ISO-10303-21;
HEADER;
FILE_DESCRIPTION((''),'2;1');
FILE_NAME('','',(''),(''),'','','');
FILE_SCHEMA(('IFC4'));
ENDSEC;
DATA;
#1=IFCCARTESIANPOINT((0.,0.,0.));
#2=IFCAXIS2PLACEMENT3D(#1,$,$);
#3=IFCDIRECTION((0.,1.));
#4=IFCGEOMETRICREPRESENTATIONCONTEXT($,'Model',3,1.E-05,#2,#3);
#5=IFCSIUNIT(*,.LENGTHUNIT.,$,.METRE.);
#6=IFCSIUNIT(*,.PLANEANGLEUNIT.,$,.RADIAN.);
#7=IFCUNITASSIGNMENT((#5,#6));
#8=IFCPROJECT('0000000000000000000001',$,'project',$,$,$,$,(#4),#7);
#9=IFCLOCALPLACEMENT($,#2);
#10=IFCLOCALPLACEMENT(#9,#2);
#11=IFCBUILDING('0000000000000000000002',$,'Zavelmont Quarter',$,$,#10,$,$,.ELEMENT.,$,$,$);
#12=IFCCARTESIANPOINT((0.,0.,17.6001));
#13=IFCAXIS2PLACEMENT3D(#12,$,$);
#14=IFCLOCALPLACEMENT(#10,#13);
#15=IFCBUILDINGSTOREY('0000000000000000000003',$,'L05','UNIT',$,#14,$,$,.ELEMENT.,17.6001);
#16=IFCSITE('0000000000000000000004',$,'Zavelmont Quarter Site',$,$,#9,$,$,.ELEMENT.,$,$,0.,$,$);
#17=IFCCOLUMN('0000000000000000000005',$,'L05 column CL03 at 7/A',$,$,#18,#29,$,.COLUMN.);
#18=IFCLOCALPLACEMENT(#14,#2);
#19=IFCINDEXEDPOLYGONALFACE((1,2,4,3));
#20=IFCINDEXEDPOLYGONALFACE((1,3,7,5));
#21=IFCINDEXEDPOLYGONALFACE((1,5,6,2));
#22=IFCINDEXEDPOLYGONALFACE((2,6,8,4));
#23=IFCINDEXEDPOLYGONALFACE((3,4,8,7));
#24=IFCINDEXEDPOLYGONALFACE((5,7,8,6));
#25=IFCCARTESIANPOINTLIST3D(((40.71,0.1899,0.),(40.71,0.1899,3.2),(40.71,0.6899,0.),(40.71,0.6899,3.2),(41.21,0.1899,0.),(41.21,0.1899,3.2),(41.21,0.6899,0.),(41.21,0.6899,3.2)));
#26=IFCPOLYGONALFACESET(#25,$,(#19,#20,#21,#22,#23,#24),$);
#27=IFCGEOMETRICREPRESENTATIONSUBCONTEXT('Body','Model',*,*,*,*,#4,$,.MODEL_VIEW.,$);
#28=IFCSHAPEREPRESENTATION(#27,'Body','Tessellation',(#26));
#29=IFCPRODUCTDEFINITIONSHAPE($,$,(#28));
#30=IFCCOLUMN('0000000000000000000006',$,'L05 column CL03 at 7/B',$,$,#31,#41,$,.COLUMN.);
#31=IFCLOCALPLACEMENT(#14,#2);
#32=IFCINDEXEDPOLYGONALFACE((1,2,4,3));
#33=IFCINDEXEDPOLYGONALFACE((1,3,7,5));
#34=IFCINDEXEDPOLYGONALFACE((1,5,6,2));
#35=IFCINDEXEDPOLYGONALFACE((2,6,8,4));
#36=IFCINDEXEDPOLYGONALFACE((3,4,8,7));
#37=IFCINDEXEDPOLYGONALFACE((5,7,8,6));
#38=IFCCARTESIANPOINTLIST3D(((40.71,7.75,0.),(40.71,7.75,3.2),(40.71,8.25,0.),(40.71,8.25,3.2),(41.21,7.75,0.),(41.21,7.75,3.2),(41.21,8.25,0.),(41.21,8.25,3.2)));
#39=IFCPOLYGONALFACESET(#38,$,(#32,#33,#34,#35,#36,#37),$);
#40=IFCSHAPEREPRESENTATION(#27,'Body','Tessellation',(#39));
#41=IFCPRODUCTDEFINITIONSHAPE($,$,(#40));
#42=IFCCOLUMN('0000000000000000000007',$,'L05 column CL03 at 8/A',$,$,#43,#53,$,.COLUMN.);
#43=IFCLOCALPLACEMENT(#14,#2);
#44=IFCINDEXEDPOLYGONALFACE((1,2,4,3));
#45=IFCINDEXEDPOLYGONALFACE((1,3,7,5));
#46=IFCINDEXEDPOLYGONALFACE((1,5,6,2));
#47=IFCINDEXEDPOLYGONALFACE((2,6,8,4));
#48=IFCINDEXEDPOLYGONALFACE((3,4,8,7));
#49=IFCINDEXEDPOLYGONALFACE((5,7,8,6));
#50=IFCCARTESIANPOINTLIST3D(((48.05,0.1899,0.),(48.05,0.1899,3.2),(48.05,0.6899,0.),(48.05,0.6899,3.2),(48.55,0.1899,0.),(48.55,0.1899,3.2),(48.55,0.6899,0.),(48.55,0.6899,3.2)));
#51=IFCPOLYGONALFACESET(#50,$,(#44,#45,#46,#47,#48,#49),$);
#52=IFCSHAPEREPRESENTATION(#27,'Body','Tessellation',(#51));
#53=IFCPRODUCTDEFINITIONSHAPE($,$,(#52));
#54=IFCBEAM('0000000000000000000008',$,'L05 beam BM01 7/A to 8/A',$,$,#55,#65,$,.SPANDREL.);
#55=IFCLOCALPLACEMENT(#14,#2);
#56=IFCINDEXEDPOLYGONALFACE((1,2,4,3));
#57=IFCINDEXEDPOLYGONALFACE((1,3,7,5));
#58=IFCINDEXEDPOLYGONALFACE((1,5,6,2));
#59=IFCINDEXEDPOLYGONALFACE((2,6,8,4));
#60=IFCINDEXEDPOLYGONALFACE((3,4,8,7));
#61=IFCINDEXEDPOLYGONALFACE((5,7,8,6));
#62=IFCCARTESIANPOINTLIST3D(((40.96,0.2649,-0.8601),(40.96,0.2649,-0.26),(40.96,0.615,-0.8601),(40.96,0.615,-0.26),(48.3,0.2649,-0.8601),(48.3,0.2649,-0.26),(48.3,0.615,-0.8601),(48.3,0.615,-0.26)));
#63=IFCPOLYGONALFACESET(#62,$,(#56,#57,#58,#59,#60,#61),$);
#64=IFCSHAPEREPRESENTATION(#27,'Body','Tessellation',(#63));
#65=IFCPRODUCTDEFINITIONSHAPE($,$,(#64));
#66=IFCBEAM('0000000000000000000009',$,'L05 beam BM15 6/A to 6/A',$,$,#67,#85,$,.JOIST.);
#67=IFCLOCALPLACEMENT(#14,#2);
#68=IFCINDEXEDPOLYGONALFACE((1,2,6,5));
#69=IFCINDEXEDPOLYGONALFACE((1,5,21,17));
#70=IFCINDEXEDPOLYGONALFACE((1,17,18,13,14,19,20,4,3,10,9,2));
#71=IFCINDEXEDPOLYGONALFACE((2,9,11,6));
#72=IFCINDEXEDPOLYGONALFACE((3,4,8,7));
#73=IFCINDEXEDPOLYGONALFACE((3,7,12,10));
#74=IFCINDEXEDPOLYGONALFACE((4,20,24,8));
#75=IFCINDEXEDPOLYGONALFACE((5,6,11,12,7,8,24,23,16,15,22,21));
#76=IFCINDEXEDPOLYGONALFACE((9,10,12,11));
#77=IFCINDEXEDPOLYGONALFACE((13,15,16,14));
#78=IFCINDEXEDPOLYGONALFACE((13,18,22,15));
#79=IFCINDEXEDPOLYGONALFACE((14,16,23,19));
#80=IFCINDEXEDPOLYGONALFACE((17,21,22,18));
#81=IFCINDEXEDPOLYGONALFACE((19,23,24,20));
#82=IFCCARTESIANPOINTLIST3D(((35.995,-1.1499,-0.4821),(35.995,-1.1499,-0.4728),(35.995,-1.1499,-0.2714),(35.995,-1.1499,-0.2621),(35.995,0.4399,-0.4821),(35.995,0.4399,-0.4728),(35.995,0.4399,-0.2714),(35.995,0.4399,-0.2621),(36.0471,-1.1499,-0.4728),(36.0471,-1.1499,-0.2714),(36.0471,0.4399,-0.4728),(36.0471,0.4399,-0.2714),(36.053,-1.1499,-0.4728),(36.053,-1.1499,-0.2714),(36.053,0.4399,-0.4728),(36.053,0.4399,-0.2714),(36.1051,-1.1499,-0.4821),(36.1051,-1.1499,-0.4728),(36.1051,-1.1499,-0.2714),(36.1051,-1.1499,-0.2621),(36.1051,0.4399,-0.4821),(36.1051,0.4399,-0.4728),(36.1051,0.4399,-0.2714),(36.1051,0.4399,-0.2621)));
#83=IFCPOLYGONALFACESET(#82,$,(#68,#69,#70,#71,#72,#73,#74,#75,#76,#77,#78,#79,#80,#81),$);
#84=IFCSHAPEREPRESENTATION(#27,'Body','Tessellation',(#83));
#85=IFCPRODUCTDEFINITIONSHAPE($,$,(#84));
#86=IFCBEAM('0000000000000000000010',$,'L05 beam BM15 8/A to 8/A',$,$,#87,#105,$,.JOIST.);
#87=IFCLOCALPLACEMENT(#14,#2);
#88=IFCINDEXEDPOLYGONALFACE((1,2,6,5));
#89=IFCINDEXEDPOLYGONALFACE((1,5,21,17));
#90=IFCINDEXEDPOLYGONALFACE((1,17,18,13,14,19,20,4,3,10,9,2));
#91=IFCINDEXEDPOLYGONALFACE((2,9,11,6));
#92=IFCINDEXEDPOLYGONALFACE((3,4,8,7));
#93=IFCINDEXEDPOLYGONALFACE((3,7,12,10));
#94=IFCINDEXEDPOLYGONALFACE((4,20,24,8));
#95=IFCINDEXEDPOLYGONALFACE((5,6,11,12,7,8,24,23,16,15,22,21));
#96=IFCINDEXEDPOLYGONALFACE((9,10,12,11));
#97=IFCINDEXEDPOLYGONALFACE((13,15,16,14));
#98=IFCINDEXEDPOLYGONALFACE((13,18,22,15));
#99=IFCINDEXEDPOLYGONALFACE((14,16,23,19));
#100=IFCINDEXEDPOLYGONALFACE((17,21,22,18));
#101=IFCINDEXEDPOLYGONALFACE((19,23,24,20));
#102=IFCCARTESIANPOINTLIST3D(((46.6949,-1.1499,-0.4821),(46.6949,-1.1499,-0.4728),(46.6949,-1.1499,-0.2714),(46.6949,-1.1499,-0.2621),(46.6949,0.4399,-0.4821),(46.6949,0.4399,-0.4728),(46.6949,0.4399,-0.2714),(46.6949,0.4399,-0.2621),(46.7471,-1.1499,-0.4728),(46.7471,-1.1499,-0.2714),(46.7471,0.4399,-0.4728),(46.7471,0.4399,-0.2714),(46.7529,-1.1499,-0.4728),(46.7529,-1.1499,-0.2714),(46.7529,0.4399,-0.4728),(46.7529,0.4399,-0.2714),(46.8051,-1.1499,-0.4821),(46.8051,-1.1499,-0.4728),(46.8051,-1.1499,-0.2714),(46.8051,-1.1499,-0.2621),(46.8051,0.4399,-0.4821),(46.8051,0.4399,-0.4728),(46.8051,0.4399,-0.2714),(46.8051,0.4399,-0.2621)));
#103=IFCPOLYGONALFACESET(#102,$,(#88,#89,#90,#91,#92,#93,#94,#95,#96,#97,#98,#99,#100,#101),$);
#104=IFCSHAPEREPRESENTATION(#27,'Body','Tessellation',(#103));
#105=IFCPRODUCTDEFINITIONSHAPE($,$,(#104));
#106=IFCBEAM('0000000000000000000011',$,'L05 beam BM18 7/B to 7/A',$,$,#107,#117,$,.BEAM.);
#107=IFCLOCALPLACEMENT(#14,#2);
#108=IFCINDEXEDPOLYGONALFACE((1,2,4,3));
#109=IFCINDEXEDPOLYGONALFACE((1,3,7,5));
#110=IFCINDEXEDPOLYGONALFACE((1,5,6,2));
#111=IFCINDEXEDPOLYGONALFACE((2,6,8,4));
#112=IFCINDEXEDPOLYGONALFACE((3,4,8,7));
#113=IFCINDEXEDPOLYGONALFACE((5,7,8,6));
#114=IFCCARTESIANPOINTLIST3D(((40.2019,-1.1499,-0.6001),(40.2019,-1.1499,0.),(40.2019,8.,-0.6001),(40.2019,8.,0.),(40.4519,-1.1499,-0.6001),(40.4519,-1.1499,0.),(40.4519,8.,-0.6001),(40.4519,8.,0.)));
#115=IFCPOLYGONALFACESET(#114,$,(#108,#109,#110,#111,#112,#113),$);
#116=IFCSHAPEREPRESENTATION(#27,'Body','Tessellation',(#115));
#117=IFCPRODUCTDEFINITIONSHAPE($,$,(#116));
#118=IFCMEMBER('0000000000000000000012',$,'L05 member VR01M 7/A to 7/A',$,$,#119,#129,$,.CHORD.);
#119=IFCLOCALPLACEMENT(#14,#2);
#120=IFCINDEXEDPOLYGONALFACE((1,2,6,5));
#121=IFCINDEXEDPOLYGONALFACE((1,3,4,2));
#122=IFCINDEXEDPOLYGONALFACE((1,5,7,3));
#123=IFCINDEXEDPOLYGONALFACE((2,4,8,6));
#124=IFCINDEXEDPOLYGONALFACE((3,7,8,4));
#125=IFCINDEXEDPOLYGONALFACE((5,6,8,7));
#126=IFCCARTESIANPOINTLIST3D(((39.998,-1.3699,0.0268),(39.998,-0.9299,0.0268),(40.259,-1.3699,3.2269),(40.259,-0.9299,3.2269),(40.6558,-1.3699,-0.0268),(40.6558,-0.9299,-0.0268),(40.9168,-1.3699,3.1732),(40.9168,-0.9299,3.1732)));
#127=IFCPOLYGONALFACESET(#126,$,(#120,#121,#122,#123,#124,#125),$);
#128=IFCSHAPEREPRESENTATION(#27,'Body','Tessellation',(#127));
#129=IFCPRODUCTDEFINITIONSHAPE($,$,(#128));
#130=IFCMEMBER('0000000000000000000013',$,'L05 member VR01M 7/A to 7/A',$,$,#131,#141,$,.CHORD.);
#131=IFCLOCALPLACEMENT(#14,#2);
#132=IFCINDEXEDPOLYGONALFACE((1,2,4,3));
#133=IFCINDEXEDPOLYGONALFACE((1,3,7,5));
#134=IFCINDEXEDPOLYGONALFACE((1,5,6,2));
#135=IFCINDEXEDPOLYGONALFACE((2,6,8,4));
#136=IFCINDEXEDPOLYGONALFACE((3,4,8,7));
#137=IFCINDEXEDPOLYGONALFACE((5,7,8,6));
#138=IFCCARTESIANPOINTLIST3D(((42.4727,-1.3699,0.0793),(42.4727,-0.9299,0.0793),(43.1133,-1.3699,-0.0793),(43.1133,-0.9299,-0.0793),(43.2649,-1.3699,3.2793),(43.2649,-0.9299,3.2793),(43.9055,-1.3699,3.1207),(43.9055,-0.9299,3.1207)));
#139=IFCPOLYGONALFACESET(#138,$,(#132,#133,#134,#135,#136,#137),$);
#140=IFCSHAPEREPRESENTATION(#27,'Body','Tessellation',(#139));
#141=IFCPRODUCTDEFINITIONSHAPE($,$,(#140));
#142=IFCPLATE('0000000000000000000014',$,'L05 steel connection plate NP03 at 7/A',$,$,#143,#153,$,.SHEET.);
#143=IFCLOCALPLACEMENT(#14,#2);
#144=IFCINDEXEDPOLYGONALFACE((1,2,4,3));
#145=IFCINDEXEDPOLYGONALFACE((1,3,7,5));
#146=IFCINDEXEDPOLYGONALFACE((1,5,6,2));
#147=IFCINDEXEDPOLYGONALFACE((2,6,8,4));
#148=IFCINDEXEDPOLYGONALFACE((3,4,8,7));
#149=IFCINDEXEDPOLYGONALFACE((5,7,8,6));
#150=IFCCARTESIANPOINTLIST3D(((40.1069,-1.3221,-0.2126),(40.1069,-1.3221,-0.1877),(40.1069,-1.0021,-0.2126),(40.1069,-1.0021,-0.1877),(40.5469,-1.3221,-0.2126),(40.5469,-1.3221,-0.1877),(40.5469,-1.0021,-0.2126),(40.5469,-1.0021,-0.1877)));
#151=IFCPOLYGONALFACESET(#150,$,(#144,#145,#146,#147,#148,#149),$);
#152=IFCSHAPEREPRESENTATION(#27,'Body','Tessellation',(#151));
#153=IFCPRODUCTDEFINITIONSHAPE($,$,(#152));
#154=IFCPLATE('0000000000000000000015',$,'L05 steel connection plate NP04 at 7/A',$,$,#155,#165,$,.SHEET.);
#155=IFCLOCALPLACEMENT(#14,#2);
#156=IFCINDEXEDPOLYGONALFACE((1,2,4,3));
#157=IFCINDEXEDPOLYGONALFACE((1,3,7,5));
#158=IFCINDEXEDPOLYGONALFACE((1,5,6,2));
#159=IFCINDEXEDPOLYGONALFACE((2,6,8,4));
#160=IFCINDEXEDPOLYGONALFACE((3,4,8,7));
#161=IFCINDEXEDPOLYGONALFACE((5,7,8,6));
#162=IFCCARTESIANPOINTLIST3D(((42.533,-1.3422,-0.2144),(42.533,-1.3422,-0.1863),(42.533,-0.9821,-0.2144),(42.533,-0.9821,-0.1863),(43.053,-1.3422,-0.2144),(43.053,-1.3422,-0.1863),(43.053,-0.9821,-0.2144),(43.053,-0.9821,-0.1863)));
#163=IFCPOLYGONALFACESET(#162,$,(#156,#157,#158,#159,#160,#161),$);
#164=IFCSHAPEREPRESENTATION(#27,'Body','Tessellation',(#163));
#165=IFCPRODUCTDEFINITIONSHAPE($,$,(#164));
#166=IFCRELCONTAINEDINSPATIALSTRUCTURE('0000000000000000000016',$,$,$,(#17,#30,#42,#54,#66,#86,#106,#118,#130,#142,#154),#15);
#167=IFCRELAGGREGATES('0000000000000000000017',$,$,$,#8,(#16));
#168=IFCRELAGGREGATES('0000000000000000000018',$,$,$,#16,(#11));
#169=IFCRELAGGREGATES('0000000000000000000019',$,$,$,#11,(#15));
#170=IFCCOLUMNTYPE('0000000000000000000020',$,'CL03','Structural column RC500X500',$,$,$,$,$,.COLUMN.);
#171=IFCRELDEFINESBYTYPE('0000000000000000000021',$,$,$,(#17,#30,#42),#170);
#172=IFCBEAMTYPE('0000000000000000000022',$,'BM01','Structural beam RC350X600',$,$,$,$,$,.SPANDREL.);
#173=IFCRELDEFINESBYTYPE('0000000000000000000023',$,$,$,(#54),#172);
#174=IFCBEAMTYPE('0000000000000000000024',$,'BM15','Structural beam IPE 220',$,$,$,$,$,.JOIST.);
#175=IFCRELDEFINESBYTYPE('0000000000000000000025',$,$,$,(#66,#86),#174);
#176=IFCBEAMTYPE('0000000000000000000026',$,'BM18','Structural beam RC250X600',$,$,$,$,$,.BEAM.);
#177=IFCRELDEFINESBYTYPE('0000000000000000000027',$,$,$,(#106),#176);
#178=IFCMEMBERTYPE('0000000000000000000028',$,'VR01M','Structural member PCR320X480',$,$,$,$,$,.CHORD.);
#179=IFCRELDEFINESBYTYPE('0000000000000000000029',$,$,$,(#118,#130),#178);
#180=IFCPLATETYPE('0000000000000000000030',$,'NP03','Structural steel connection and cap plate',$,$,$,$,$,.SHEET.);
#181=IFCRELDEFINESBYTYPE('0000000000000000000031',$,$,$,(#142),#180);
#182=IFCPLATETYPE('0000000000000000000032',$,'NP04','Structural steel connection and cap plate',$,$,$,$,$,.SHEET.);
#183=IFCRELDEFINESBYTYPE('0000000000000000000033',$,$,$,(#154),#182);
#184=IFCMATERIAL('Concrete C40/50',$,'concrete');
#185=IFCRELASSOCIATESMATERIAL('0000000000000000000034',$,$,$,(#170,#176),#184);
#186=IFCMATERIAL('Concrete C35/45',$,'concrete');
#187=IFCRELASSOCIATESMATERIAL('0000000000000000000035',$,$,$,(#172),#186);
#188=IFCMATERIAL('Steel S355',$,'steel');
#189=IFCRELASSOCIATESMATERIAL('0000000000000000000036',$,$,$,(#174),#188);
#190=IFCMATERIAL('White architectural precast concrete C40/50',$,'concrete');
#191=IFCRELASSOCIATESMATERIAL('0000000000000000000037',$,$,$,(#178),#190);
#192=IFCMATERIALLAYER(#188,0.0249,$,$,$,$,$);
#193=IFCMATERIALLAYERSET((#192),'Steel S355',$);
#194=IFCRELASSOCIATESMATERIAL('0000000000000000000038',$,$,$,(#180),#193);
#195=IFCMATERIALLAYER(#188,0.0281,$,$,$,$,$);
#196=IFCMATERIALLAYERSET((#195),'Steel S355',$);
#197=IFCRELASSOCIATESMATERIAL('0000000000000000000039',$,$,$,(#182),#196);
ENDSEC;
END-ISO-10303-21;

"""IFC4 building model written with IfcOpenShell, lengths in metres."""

from ifc_helpers import new_model, si_unit, direction, frame, origin, origin_2d, place, context, subcontext, project, spatial, rectangle, i_section, extrude, material, layer, layer_set, material_profile, profile_set, type_object, element, save


model = new_model("IFC4")

# Units and contexts
model_context = context("Model", 3, precision=1e-05, world=origin(), true_north=direction((0.0, 1.0)))
body_context = subcontext(model_context, "Body", "Model", "MODEL_VIEW")
ifc_project = project(units=[si_unit("LENGTHUNIT", "METRE"), si_unit("PLANEANGLEUNIT", "RADIAN")], contexts=[model_context])

# Site, building, storey
site_placement = place(None, origin())
site = spatial("IfcSite", under=ifc_project, at=site_placement, Name="Zavelmont Quarter Site", CompositionType="ELEMENT", RefElevation=0.0)
building_placement = place(site_placement, origin())
building = spatial("IfcBuilding", under=site, at=building_placement, Name="Zavelmont Quarter", CompositionType="ELEMENT")
storey_placement = place(building_placement, frame((0.0, 0.0, 17.6001)))
storey = spatial("IfcBuildingStorey", under=building, at=storey_placement, Name="L05", Description="UNIT", CompositionType="ELEMENT", Elevation=17.6001)

# Columns
ifc_material_1 = material(Name="Concrete C40/50", Category="concrete")
ifc_material_profile_1 = material_profile(ifc_material_1, rectangle(XDim=0.5, YDim=0.5, at=origin_2d()), Name="RC500X500")
ifc_profile_set_1 = profile_set([ifc_material_profile_1], Name="Concrete C40/50")
column_type = type_object("IfcColumnType", Name="CL03", Description="Structural column RC500X500", PredefinedType="COLUMN", material=ifc_profile_set_1)
for number, where, z_axis, x_axis, name in (
    (1, (40.96, 0.4399, 0.0), (0.0, 0.0, 1.0), (1.0, 0.0, 0.0), "L05 column CL03 at 7/A"),
    (2, (40.96, 8.0, 0.0), (0.0, 0.0, 1.0), (1.0, 0.0, 0.0), "L05 column CL03 at 7/B"),
    (3, (48.3, 0.4399, 0.0), (0.0, 0.0, 1.0), (1.0, 0.0, 0.0), "L05 column CL03 at 8/A"),
):
    element("IfcColumn", number, at=place(storey_placement, frame(where, z_axis=z_axis, x_axis=x_axis)), inside=storey, type_object=column_type, Name=name, PredefinedType="COLUMN", context=body_context, shape_type="SweptSolid", body=[
        extrude(rectangle(XDim=0.5, YDim=0.5, at=origin_2d()), origin(), (0.0, 0.0, 1.0), 3.2),
    ])

# Beams
ifc_material_2 = material(Name="Concrete C35/45", Category="concrete")
ifc_material_profile_2 = material_profile(ifc_material_2, rectangle(XDim=0.3501, YDim=0.6001, at=origin_2d()), Name="RC350X600")
ifc_profile_set_2 = profile_set([ifc_material_profile_2], Name="Concrete C35/45")
beam_type_1 = type_object("IfcBeamType", Name="BM01", Description="Structural beam RC350X600", PredefinedType="SPANDREL", material=ifc_profile_set_2)
beam_1_placement = place(storey_placement, frame((40.96, 0.4399, -0.5601), z_axis=(1.0, 0.0, 0.0), x_axis=(0.0, 1.0, 0.0)))
element("IfcBeam", 4, at=beam_1_placement, inside=storey, type_object=beam_type_1, Name="L05 beam BM01 7/A to 8/A", PredefinedType="SPANDREL", context=body_context, shape_type="SweptSolid", body=[
    extrude(rectangle(XDim=0.3501, YDim=0.6001, at=origin_2d()), origin(), (0.0, 0.0, 1.0), 7.3401),
])
ifc_material_3 = material(Name="Steel S355", Category="steel")
ifc_material_profile_3 = material_profile(ifc_material_3, i_section(OverallWidth=0.1101, OverallDepth=0.22, WebThickness=0.0059, FlangeThickness=0.0093, at=origin_2d()), Name="IPE 220")
ifc_profile_set_3 = profile_set([ifc_material_profile_3], Name="Steel S355")
beam_type_2 = type_object("IfcBeamType", Name="BM15", Description="Structural beam IPE 220", PredefinedType="JOIST", material=ifc_profile_set_3)
for number, where, z_axis, x_axis, name in (
    (5, (36.05, 0.4399, -0.3721), (0.0, -1.0, 0.0), (1.0, 0.0, 0.0), "L05 beam BM15 6/A to 6/A"),
    (6, (46.75, 0.4399, -0.3721), (0.0, -1.0, 0.0), (1.0, 0.0, 0.0), "L05 beam BM15 8/A to 8/A"),
):
    element("IfcBeam", number, at=place(storey_placement, frame(where, z_axis=z_axis, x_axis=x_axis)), inside=storey, type_object=beam_type_2, Name=name, PredefinedType="JOIST", context=body_context, shape_type="SweptSolid", body=[
        extrude(i_section(OverallWidth=0.1101, OverallDepth=0.22, WebThickness=0.0059, FlangeThickness=0.0093, at=origin_2d()), origin(), (0.0, 0.0, 1.0), 1.5898),
    ])
ifc_material_profile_4 = material_profile(ifc_material_1, rectangle(XDim=0.25, YDim=0.6001, at=origin_2d()), Name="RC250X600")
ifc_profile_set_4 = profile_set([ifc_material_profile_4], Name="Concrete C40/50")
beam_type_3 = type_object("IfcBeamType", Name="BM18", Description="Structural beam RC250X600", PredefinedType="BEAM", material=ifc_profile_set_4)
beam_2_placement = place(storey_placement, frame((40.3269, 8.0, -0.3), z_axis=(0.0, -1.0, 0.0), x_axis=(1.0, 0.0, 0.0)))
element("IfcBeam", 7, at=beam_2_placement, inside=storey, type_object=beam_type_3, Name="L05 beam BM18 7/B to 7/A", PredefinedType="BEAM", context=body_context, shape_type="SweptSolid", body=[
    extrude(rectangle(XDim=0.25, YDim=0.6001, at=origin_2d()), origin(), (0.0, 0.0, 1.0), 9.1499),
])

# Members
ifc_material_4 = material(Name="White architectural precast concrete C40/50", Category="concrete")
ifc_material_profile_5 = material_profile(ifc_material_4, rectangle(XDim=0.4399, YDim=0.6599, at=origin_2d()), Name="PCR320X480")
ifc_profile_set_5 = profile_set([ifc_material_profile_5], Name="White architectural precast concrete C40/50")
member_type = type_object("IfcMemberType", Name="VR01M", Description="Structural member PCR320X480", PredefinedType="CHORD", material=ifc_profile_set_5)
member_1_placement = place(storey_placement, frame((40.3269, -1.1499, 0.0), z_axis=(0.08129, 0.0, 0.996691), x_axis=(0.0, 1.0, 0.0)))
element("IfcMember", 8, at=member_1_placement, inside=storey, type_object=member_type, Name="L05 member VR01M 7/A to 7/A", PredefinedType="CHORD", context=body_context, shape_type="SweptSolid", body=[
    extrude(rectangle(XDim=0.4399, YDim=0.6599, at=origin_2d()), origin(), (0.0, 0.0, 1.0), 3.2107),
])
member_2_placement = place(storey_placement, frame((42.793, -1.1499, 0.0), z_axis=(0.240322, 0.0, 0.970693), x_axis=(0.0, 1.0, 0.0)))
element("IfcMember", 9, at=member_2_placement, inside=storey, type_object=member_type, Name="L05 member VR01M 7/A to 7/A", PredefinedType="CHORD", context=body_context, shape_type="SweptSolid", body=[
    extrude(rectangle(XDim=0.4399, YDim=0.6599, at=origin_2d()), origin(), (0.0, 0.0, 1.0), 3.2966),
])

# Plates
ifc_layer_1 = layer(ifc_material_3, 0.0249)
ifc_layer_set_1 = layer_set([ifc_layer_1], Name="Steel S355")
plate_type_1 = type_object("IfcPlateType", Name="NP03", Description="Structural steel connection and cap plate", PredefinedType="SHEET", material=ifc_layer_set_1)
plate_1_placement = place(storey_placement, frame((40.3269, -1.1621, -0.2126), z_axis=(0.0, 0.0, 1.0), x_axis=(1.0, 0.0, 0.0)))
element("IfcPlate", 10, at=plate_1_placement, inside=storey, type_object=plate_type_1, Name="L05 steel connection plate NP03 at 7/A", PredefinedType="SHEET", context=body_context, shape_type="SweptSolid", body=[
    extrude(rectangle(XDim=0.4399, YDim=0.3201, at=origin_2d()), origin(), (0.0, 0.0, 1.0), 0.0249),
])
ifc_layer_2 = layer(ifc_material_3, 0.0281)
ifc_layer_set_2 = layer_set([ifc_layer_2], Name="Steel S355")
plate_type_2 = type_object("IfcPlateType", Name="NP04", Description="Structural steel connection and cap plate", PredefinedType="SHEET", material=ifc_layer_set_2)
plate_2_placement = place(storey_placement, frame((42.793, -1.1621, -0.2144), z_axis=(0.0, 0.0, 1.0), x_axis=(1.0, 0.0, 0.0)))
element("IfcPlate", 11, at=plate_2_placement, inside=storey, type_object=plate_type_2, Name="L05 steel connection plate NP04 at 7/A", PredefinedType="SHEET", context=body_context, shape_type="SweptSolid", body=[
    extrude(rectangle(XDim=0.52, YDim=0.3601, at=origin_2d()), origin(), (0.0, 0.0, 1.0), 0.0281),
])

save(model, "model.ifc")
